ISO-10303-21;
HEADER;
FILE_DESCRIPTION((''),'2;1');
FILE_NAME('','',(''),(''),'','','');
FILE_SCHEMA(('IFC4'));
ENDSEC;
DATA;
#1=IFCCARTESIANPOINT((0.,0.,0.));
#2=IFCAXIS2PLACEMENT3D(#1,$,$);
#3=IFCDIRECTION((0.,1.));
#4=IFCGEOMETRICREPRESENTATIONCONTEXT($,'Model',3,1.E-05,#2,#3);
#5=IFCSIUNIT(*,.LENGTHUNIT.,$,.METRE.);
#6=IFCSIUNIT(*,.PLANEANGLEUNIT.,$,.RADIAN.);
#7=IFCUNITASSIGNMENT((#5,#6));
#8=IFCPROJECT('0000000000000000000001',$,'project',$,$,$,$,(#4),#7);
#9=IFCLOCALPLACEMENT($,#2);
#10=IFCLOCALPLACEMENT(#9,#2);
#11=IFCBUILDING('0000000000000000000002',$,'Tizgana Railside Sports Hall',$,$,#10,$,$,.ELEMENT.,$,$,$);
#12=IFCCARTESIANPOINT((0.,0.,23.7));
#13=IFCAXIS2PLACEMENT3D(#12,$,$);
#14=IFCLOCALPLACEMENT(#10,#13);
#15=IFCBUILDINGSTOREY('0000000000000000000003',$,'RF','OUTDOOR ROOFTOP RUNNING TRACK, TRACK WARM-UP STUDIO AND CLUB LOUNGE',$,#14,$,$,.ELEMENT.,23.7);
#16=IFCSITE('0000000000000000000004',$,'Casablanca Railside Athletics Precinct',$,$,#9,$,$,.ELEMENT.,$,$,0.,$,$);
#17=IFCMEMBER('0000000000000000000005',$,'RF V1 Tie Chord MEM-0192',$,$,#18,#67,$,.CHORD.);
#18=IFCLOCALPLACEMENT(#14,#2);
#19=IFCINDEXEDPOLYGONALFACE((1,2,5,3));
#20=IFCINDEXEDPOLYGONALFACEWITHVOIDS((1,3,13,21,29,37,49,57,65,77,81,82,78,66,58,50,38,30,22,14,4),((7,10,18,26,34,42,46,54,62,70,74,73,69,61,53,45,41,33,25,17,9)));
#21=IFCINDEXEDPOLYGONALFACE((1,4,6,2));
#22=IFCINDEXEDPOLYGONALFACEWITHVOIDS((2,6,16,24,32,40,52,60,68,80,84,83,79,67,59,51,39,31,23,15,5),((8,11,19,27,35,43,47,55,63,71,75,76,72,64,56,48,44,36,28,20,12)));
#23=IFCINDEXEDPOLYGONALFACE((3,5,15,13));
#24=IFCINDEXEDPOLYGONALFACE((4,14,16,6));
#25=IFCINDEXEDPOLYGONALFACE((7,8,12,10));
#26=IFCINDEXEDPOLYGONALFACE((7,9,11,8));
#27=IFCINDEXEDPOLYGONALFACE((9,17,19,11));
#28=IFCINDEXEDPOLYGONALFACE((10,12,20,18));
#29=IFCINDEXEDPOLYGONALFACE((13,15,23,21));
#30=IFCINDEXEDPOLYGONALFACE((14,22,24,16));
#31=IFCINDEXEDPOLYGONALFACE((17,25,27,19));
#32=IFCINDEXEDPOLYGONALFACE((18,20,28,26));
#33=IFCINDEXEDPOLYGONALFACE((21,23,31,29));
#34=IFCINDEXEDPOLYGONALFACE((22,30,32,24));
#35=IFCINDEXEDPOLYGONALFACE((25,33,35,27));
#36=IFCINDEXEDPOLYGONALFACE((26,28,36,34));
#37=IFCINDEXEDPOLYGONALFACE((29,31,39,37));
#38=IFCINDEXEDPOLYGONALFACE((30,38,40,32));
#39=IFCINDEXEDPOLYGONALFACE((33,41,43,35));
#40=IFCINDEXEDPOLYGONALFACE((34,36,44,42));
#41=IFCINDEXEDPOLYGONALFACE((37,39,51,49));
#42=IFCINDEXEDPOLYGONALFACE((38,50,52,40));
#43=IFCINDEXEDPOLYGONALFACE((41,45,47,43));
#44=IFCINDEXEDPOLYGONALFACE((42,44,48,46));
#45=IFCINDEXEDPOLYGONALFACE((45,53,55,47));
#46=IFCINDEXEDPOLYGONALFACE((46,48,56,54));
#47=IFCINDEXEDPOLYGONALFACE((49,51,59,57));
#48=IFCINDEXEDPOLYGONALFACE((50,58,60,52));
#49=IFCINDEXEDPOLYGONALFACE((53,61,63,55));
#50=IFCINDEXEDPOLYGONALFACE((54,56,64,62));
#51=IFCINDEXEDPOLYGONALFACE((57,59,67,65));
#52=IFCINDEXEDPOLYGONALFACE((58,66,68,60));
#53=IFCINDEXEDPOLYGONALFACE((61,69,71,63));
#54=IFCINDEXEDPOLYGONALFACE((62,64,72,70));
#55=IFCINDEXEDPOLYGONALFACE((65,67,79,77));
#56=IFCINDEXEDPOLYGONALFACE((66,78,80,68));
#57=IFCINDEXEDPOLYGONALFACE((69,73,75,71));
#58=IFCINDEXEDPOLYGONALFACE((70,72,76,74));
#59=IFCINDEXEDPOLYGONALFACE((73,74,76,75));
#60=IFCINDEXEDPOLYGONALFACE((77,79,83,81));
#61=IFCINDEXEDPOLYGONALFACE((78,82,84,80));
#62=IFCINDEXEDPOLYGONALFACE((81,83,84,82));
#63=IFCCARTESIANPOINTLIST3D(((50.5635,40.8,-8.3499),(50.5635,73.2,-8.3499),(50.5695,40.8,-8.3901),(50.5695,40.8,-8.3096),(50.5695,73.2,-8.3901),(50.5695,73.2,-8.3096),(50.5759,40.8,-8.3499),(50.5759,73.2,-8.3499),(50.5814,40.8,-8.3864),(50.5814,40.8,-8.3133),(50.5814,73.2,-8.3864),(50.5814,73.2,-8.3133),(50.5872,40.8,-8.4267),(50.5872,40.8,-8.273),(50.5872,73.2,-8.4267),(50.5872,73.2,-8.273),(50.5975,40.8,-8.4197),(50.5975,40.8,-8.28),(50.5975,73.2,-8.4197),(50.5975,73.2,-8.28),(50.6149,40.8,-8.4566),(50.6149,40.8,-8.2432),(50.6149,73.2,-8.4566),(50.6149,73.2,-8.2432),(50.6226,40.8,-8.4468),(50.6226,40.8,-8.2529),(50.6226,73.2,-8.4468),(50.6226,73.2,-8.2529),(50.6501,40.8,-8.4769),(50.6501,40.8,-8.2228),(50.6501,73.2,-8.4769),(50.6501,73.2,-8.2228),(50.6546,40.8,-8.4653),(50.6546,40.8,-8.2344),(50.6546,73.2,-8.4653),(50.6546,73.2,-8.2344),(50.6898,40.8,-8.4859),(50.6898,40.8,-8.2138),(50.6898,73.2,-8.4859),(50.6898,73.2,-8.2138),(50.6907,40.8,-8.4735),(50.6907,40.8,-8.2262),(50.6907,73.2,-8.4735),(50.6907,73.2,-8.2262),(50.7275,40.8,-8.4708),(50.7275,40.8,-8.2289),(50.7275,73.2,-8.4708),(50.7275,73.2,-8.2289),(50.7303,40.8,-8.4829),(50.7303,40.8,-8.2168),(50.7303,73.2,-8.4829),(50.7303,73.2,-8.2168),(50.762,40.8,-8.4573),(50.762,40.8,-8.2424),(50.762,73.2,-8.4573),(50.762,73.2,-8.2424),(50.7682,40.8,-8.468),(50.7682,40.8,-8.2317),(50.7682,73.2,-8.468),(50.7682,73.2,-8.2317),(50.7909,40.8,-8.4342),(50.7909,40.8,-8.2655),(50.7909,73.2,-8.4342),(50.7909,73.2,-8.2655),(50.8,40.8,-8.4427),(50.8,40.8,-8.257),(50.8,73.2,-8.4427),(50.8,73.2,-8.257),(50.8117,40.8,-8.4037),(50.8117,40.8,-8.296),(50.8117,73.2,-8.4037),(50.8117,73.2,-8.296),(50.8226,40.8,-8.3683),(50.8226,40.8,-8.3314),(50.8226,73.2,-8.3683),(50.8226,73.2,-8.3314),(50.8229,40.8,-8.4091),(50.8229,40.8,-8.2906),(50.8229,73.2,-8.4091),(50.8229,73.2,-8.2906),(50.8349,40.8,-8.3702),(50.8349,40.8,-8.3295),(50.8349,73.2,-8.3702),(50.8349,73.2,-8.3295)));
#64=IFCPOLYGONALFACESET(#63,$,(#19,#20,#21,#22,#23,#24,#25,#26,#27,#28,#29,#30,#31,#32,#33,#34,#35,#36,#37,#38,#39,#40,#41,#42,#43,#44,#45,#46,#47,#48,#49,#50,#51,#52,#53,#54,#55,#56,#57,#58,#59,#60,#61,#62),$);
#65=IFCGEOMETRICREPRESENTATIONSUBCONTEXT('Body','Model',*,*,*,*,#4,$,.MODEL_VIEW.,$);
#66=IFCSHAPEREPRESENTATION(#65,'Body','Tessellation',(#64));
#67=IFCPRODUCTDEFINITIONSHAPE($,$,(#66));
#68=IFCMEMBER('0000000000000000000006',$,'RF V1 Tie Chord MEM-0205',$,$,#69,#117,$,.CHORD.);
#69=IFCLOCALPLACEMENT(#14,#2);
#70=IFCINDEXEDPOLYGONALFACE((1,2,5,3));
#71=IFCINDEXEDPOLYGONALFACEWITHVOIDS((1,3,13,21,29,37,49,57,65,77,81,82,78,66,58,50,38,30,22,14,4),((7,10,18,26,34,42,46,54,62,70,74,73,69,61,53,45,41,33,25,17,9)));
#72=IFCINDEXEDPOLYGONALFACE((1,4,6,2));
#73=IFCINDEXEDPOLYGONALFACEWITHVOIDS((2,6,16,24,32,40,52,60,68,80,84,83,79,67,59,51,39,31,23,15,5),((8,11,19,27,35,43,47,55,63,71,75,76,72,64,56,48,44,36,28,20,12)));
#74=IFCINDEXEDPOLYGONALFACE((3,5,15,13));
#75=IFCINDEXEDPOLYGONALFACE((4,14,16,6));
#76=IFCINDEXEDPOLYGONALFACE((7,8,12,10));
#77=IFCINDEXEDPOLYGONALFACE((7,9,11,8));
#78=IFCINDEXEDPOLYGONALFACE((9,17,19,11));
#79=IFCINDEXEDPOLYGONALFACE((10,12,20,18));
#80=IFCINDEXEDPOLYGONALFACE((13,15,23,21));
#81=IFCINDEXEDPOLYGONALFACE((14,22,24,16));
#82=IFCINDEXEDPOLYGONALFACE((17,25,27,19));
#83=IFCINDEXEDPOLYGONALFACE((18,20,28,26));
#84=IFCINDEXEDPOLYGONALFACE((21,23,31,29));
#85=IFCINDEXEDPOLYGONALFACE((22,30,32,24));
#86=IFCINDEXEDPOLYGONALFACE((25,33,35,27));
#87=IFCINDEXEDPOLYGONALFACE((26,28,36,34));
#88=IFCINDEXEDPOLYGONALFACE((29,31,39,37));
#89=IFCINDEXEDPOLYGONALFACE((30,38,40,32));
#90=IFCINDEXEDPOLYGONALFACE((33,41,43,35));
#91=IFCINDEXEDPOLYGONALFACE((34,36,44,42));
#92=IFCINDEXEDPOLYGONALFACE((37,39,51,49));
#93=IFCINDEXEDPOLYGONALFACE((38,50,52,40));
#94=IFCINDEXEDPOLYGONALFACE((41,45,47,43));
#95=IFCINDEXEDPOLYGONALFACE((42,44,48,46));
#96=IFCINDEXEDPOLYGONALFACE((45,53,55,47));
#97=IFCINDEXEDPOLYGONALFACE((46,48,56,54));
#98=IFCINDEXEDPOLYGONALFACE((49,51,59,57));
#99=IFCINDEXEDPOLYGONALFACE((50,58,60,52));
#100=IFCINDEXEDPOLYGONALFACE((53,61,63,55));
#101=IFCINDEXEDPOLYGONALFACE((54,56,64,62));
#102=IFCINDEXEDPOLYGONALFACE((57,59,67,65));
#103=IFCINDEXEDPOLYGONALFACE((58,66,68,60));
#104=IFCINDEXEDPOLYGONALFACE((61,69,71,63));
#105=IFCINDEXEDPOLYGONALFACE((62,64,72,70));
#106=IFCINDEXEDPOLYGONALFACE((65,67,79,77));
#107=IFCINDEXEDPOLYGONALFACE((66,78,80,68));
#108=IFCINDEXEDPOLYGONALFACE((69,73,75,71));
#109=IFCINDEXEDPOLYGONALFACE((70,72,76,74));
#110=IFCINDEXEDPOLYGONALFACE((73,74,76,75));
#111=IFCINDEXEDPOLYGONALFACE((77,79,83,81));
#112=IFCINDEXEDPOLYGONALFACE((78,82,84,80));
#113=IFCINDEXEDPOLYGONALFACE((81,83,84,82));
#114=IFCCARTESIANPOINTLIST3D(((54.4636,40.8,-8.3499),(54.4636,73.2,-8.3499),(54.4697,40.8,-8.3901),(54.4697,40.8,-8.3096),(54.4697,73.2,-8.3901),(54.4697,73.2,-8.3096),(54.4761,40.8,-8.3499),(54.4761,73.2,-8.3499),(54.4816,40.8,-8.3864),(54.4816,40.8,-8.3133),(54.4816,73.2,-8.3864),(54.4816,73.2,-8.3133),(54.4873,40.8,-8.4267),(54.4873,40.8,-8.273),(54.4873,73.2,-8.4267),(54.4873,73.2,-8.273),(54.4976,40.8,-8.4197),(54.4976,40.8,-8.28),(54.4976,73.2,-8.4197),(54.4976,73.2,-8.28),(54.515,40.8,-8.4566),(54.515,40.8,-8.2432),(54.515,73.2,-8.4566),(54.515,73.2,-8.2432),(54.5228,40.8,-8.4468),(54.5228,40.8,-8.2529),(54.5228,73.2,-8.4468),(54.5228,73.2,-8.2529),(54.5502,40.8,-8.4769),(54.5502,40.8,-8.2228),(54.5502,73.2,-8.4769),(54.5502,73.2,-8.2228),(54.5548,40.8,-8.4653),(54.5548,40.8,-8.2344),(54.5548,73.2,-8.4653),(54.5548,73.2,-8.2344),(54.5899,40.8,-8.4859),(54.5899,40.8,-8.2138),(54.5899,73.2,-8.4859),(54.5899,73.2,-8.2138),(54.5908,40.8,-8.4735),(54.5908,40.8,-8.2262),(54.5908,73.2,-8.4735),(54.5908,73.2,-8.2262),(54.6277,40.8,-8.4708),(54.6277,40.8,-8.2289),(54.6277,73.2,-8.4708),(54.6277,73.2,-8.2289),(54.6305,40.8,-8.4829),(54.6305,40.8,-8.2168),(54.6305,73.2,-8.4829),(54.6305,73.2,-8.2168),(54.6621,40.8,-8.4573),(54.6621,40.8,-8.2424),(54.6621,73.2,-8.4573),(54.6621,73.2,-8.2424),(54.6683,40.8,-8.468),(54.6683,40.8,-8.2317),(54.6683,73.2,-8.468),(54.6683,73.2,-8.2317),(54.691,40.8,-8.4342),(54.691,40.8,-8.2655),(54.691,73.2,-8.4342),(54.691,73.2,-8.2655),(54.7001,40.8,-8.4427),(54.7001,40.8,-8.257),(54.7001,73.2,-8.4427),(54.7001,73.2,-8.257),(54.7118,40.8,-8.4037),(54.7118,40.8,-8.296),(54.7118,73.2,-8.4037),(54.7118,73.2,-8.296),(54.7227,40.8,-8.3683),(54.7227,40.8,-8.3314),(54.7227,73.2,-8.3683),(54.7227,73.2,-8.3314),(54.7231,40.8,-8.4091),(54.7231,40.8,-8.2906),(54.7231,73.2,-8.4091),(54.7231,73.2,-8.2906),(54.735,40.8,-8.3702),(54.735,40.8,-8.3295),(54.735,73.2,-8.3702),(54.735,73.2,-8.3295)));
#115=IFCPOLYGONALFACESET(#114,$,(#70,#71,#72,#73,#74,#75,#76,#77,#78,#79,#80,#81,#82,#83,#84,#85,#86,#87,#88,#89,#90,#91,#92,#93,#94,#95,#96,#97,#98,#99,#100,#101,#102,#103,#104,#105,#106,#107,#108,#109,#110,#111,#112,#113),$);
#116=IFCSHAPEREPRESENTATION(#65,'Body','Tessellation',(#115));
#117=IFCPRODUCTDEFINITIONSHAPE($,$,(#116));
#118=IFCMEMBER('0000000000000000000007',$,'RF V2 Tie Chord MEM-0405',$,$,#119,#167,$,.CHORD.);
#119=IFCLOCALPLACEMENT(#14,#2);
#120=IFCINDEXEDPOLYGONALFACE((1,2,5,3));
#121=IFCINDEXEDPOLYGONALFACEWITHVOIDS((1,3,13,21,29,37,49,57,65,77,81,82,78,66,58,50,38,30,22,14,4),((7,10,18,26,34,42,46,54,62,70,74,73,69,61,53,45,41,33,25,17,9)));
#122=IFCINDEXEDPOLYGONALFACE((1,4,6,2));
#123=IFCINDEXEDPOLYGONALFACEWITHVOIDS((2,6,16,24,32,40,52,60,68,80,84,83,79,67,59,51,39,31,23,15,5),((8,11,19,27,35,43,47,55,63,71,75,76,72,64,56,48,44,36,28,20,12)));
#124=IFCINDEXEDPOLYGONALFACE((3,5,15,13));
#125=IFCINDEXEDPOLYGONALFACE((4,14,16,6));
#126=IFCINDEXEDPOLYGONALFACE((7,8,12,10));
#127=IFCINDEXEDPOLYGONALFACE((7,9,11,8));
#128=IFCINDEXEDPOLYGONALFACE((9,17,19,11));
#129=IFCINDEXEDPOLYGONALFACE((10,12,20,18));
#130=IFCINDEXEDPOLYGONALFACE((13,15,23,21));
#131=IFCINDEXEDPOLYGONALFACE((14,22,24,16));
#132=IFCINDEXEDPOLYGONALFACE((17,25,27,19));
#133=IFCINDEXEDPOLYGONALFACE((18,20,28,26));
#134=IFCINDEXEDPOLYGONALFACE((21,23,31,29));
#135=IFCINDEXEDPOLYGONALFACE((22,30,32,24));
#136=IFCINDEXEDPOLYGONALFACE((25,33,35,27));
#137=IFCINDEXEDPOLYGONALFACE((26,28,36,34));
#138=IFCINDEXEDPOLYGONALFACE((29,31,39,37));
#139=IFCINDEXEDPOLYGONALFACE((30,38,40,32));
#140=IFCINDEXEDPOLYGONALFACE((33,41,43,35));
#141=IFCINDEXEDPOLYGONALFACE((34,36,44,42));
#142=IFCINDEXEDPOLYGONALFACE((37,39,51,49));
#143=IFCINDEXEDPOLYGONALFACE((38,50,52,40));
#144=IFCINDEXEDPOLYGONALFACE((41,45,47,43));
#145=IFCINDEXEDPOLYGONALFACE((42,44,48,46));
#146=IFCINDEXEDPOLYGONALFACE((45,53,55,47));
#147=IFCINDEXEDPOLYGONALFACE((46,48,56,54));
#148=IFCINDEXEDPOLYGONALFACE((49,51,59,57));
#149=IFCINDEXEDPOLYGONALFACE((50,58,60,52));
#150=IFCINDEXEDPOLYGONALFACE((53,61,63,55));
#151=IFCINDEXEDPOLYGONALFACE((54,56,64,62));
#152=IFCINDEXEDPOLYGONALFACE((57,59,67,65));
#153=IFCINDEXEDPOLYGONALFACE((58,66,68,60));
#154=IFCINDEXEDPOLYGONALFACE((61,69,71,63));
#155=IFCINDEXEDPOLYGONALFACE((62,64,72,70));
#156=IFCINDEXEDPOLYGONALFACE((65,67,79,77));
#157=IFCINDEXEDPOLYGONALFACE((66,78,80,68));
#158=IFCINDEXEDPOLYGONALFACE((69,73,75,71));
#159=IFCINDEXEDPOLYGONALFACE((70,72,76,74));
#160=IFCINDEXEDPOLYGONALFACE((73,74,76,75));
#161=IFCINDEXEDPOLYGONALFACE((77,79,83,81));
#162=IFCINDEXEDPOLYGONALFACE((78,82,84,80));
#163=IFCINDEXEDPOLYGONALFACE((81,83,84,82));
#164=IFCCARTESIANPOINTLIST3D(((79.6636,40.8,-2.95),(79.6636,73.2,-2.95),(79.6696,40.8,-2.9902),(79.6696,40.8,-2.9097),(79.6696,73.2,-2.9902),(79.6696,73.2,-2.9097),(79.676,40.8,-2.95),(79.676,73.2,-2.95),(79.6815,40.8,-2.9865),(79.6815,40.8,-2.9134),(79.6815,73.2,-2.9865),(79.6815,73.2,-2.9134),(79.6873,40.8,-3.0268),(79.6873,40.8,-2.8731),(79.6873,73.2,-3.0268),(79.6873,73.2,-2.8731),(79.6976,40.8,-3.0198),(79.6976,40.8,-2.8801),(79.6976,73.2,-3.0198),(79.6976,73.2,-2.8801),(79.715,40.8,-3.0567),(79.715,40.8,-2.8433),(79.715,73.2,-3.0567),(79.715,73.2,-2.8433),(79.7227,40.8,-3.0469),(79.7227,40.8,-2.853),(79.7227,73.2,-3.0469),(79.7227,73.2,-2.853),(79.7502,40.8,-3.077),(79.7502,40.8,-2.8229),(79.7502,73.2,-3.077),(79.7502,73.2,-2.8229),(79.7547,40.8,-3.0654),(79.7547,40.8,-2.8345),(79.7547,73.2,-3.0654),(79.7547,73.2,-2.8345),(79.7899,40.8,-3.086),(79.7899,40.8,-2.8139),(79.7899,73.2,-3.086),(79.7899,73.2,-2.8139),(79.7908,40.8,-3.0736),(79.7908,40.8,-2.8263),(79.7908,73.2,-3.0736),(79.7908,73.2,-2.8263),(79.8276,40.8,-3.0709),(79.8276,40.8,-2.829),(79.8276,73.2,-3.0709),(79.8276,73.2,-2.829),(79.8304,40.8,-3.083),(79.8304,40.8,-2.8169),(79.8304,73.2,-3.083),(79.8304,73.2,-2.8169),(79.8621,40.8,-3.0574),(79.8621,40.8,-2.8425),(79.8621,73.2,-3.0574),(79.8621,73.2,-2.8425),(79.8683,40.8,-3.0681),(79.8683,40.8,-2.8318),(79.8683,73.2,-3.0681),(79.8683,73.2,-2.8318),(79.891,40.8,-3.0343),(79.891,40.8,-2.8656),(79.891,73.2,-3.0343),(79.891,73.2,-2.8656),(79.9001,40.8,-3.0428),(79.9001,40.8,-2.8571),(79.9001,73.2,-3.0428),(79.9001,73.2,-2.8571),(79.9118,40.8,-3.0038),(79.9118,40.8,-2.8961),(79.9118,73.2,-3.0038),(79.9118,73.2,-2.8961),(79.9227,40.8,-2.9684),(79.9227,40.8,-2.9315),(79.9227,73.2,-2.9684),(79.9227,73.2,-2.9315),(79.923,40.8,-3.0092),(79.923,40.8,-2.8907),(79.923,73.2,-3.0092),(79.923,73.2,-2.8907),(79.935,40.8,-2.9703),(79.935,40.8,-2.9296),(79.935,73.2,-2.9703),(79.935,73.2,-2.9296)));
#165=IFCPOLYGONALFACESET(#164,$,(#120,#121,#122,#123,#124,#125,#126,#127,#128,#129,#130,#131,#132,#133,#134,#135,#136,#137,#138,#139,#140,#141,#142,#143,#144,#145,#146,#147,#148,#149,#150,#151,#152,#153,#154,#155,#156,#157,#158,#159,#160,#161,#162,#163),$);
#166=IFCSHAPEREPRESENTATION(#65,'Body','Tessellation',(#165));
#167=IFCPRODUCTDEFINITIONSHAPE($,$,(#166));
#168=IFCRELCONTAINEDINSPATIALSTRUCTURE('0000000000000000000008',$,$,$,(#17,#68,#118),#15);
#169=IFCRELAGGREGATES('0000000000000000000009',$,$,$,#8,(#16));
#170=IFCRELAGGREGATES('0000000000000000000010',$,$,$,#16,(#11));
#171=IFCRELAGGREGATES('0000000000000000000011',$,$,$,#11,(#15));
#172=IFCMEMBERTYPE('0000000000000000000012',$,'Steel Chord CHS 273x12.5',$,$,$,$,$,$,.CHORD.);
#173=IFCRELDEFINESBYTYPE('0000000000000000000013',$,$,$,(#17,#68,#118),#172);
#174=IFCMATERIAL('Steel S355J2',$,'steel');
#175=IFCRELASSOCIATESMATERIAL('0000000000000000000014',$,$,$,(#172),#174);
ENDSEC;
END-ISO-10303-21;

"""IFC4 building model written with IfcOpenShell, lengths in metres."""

from ifc_helpers import new_model, si_unit, direction, frame, origin, origin_2d, place, context, subcontext, project, spatial, hollow_circle, extrude, material, material_profile, profile_set, type_object, element, save


model = new_model("IFC4")

# Units and contexts
model_context = context("Model", 3, precision=1e-05, world=origin(), true_north=direction((0.0, 1.0)))
body_context = subcontext(model_context, "Body", "Model", "MODEL_VIEW")
ifc_project = project(units=[si_unit("LENGTHUNIT", "METRE"), si_unit("PLANEANGLEUNIT", "RADIAN")], contexts=[model_context])

# Site, building, storey
site_placement = place(None, origin())
site = spatial("IfcSite", under=ifc_project, at=site_placement, Name="Casablanca Railside Athletics Precinct", CompositionType="ELEMENT", RefElevation=0.0)
building_placement = place(site_placement, origin())
building = spatial("IfcBuilding", under=site, at=building_placement, Name="Tizgana Railside Sports Hall", CompositionType="ELEMENT")
storey_placement = place(building_placement, frame((0.0, 0.0, 23.7)))
storey = spatial("IfcBuildingStorey", under=building, at=storey_placement, Name="RF", Description="OUTDOOR ROOFTOP RUNNING TRACK, TRACK WARM-UP STUDIO AND CLUB LOUNGE", CompositionType="ELEMENT", Elevation=23.7)

# Members
ifc_material_1 = material(Name="Steel S355J2", Category="steel")
ifc_material_profile_1 = material_profile(ifc_material_1, hollow_circle(Radius=0.1365, WallThickness=0.0125, at=origin_2d()), Name="CHS 273x12.5")
ifc_profile_set_1 = profile_set([ifc_material_profile_1], Name="Steel S355J2")
member_type_1 = type_object("IfcMemberType", Name="Steel Chord CHS 273x12.5", PredefinedType="CHORD", material=ifc_profile_set_1)
for number, where, z_axis, x_axis, name in (
    (1, (50.7, 40.8, -8.3499), (0.0, 1.0, 0.0), (-1.0, 0.0, 0.0), "RF V1 Tie Chord MEM-0192"),
    (2, (54.6001, 40.8, -8.3499), (0.0, 1.0, 0.0), (-1.0, 0.0, 0.0), "RF V1 Tie Chord MEM-0205"),
    (3, (79.8, 40.8, -2.95), (0.0, 1.0, 0.0), (-1.0, 0.0, 0.0), "RF V2 Tie Chord MEM-0405"),
):
    element("IfcMember", number, at=place(storey_placement, frame(where, z_axis=z_axis, x_axis=x_axis)), inside=storey, type_object=member_type_1, Name=name, PredefinedType="CHORD", context=body_context, shape_type="SweptSolid", body=[
        extrude(hollow_circle(Radius=0.1365, WallThickness=0.0125, at=origin_2d()), origin(), (0.0, 0.0, 1.0), 32.3999),
    ])

save(model, "model.ifc")
